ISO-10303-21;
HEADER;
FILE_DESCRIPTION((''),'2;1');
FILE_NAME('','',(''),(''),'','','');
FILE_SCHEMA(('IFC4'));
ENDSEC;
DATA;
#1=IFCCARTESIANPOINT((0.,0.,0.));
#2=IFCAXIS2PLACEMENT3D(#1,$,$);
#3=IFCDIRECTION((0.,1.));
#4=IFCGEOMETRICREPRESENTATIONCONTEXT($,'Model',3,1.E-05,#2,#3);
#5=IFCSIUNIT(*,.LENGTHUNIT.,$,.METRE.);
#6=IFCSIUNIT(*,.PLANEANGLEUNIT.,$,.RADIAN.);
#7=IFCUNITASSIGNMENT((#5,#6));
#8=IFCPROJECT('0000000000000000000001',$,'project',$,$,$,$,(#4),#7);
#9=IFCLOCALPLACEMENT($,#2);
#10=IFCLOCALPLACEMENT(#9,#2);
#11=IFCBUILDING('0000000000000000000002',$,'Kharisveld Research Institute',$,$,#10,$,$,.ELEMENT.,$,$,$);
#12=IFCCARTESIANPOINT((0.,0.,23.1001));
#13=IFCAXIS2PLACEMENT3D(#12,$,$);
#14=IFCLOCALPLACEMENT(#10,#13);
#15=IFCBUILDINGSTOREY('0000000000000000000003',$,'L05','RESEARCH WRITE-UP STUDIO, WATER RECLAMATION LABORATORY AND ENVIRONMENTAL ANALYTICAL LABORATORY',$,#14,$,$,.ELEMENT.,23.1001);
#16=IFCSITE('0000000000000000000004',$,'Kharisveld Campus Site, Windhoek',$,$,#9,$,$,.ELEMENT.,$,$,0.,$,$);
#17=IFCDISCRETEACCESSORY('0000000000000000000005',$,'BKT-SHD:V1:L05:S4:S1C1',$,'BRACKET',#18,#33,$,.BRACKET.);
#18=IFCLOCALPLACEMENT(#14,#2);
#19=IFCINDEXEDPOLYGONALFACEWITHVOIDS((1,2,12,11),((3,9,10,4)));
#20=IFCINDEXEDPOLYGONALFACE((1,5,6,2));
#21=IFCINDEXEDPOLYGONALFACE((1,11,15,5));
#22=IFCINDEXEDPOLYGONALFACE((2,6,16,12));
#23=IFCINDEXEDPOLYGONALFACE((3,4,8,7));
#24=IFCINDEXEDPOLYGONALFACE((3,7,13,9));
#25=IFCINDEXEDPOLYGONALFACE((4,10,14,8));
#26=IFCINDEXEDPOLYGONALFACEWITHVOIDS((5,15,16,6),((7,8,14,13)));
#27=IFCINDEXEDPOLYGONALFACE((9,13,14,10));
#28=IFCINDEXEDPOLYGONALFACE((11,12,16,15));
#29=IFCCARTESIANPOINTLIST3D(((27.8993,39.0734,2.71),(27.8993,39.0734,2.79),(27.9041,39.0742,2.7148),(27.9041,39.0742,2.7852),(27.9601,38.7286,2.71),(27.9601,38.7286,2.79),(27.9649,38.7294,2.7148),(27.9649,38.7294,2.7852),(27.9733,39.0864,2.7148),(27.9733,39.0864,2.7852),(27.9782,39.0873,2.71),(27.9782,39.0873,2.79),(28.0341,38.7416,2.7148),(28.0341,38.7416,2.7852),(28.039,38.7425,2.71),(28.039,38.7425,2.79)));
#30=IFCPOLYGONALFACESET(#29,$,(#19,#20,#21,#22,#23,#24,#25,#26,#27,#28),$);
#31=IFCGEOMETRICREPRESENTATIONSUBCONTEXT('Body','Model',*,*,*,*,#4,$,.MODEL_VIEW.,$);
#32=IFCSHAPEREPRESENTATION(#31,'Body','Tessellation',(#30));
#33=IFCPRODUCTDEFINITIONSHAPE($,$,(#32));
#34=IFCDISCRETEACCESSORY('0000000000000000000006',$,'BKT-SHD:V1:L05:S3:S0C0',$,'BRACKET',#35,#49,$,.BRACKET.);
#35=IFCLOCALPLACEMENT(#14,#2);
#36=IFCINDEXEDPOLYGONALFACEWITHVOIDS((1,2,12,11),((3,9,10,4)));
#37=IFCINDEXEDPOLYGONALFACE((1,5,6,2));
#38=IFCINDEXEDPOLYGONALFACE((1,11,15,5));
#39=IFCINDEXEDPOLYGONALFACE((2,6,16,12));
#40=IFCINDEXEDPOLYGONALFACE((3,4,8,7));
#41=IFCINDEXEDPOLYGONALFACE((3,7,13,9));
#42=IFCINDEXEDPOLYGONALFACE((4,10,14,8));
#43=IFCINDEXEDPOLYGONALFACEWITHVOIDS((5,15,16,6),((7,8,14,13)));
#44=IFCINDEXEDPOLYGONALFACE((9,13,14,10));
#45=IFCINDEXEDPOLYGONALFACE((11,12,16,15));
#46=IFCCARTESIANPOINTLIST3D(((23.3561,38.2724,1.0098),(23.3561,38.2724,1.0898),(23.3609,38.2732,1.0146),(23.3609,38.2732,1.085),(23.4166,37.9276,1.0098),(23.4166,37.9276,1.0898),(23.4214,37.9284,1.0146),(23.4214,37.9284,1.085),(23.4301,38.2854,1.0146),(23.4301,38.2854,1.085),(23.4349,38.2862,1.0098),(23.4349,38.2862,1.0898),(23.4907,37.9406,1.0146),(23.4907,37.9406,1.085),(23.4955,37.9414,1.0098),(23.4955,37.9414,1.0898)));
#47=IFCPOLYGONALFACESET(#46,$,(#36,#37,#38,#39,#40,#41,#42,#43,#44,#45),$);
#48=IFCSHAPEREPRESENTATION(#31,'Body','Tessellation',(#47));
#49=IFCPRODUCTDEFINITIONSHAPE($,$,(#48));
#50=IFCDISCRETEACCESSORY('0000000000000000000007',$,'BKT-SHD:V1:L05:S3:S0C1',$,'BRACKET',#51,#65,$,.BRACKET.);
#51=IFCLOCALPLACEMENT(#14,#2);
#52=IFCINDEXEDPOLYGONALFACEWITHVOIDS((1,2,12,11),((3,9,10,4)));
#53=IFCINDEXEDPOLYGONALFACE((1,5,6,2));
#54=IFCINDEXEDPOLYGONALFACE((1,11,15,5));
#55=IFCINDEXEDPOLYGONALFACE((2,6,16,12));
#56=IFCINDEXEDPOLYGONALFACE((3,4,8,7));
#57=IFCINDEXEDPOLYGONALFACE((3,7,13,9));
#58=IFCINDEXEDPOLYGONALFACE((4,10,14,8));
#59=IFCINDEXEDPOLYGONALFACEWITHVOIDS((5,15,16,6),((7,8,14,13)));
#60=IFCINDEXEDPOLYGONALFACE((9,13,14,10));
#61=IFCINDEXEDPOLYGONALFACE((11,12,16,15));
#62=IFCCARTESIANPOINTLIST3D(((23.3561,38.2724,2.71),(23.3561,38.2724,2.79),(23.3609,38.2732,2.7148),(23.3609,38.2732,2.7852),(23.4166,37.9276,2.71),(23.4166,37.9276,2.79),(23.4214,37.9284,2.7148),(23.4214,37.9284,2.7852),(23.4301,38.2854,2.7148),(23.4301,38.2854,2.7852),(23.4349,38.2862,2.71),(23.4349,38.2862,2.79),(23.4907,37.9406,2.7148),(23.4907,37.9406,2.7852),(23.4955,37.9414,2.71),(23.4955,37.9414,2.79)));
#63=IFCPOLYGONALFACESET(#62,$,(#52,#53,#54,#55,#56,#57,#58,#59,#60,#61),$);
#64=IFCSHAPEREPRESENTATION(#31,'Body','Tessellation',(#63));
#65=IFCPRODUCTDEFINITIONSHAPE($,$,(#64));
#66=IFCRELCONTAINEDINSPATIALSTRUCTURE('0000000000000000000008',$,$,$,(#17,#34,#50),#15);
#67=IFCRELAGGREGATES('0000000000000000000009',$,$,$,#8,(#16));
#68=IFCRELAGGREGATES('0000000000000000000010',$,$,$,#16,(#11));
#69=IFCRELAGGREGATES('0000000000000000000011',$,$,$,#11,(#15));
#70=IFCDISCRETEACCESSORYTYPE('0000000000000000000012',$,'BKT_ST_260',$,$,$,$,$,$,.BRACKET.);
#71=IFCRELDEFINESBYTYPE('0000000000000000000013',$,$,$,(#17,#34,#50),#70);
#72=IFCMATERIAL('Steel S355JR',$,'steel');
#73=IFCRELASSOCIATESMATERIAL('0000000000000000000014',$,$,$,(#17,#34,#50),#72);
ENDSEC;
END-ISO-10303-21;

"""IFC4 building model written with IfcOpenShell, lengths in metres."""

from ifc_helpers import new_model, si_unit, direction, frame, origin, origin_2d, place, context, subcontext, project, spatial, hollow_rectangle, extrude, material, type_object, element, save


model = new_model("IFC4")

# Units and contexts
model_context = context("Model", 3, precision=1e-05, world=origin(), true_north=direction((0.0, 1.0)))
body_context = subcontext(model_context, "Body", "Model", "MODEL_VIEW")
ifc_project = project(units=[si_unit("LENGTHUNIT", "METRE"), si_unit("PLANEANGLEUNIT", "RADIAN")], contexts=[model_context])

# Site, building, storey
site_placement = place(None, origin())
site = spatial("IfcSite", under=ifc_project, at=site_placement, Name="Kharisveld Campus Site, Windhoek", CompositionType="ELEMENT", RefElevation=0.0)
building_placement = place(site_placement, origin())
building = spatial("IfcBuilding", under=site, at=building_placement, Name="Kharisveld Research Institute", CompositionType="ELEMENT")
storey_placement = place(building_placement, frame((0.0, 0.0, 23.1001)))
storey = spatial("IfcBuildingStorey", under=building, at=storey_placement, Name="L05", Description="RESEARCH WRITE-UP STUDIO, WATER RECLAMATION LABORATORY AND ENVIRONMENTAL ANALYTICAL LABORATORY", CompositionType="ELEMENT", Elevation=23.1001)

# Discrete accessories
ifc_material_1 = material(Name="Steel S355JR", Category="steel")
discrete_accessory_type = type_object("IfcDiscreteAccessoryType", Name="BKT_ST_260", PredefinedType="BRACKET")
for number, where, z_axis, x_axis, name in (
    (1, (27.9387, 39.0803, 2.75), (0.173666, -0.984805, 0.0), (0.984805, 0.173666, 0.0), "BKT-SHD:V1:L05:S4:S1C1"),
    (2, (23.3955, 38.2793, 1.0498), (0.172989, -0.984924, 0.0), (0.984924, 0.172989, 0.0), "BKT-SHD:V1:L05:S3:S0C0"),
    (3, (23.3955, 38.2793, 2.75), (0.172989, -0.984924, 0.0), (0.984924, 0.172989, 0.0), "BKT-SHD:V1:L05:S3:S0C1"),
):
    element("IfcDiscreteAccessory", number, at=place(storey_placement, frame(where, z_axis=z_axis, x_axis=x_axis)), inside=storey, type_object=discrete_accessory_type, material=ifc_material_1, Name=name, ObjectType="BRACKET", PredefinedType="BRACKET", context=body_context, shape_type="SweptSolid", body=[
        extrude(hollow_rectangle(XDim=0.0801, YDim=0.0801, WallThickness=0.0049, at=origin_2d()), origin(), (0.0, 0.0, 1.0), 0.3501),
    ])

save(model, "model.ifc")
